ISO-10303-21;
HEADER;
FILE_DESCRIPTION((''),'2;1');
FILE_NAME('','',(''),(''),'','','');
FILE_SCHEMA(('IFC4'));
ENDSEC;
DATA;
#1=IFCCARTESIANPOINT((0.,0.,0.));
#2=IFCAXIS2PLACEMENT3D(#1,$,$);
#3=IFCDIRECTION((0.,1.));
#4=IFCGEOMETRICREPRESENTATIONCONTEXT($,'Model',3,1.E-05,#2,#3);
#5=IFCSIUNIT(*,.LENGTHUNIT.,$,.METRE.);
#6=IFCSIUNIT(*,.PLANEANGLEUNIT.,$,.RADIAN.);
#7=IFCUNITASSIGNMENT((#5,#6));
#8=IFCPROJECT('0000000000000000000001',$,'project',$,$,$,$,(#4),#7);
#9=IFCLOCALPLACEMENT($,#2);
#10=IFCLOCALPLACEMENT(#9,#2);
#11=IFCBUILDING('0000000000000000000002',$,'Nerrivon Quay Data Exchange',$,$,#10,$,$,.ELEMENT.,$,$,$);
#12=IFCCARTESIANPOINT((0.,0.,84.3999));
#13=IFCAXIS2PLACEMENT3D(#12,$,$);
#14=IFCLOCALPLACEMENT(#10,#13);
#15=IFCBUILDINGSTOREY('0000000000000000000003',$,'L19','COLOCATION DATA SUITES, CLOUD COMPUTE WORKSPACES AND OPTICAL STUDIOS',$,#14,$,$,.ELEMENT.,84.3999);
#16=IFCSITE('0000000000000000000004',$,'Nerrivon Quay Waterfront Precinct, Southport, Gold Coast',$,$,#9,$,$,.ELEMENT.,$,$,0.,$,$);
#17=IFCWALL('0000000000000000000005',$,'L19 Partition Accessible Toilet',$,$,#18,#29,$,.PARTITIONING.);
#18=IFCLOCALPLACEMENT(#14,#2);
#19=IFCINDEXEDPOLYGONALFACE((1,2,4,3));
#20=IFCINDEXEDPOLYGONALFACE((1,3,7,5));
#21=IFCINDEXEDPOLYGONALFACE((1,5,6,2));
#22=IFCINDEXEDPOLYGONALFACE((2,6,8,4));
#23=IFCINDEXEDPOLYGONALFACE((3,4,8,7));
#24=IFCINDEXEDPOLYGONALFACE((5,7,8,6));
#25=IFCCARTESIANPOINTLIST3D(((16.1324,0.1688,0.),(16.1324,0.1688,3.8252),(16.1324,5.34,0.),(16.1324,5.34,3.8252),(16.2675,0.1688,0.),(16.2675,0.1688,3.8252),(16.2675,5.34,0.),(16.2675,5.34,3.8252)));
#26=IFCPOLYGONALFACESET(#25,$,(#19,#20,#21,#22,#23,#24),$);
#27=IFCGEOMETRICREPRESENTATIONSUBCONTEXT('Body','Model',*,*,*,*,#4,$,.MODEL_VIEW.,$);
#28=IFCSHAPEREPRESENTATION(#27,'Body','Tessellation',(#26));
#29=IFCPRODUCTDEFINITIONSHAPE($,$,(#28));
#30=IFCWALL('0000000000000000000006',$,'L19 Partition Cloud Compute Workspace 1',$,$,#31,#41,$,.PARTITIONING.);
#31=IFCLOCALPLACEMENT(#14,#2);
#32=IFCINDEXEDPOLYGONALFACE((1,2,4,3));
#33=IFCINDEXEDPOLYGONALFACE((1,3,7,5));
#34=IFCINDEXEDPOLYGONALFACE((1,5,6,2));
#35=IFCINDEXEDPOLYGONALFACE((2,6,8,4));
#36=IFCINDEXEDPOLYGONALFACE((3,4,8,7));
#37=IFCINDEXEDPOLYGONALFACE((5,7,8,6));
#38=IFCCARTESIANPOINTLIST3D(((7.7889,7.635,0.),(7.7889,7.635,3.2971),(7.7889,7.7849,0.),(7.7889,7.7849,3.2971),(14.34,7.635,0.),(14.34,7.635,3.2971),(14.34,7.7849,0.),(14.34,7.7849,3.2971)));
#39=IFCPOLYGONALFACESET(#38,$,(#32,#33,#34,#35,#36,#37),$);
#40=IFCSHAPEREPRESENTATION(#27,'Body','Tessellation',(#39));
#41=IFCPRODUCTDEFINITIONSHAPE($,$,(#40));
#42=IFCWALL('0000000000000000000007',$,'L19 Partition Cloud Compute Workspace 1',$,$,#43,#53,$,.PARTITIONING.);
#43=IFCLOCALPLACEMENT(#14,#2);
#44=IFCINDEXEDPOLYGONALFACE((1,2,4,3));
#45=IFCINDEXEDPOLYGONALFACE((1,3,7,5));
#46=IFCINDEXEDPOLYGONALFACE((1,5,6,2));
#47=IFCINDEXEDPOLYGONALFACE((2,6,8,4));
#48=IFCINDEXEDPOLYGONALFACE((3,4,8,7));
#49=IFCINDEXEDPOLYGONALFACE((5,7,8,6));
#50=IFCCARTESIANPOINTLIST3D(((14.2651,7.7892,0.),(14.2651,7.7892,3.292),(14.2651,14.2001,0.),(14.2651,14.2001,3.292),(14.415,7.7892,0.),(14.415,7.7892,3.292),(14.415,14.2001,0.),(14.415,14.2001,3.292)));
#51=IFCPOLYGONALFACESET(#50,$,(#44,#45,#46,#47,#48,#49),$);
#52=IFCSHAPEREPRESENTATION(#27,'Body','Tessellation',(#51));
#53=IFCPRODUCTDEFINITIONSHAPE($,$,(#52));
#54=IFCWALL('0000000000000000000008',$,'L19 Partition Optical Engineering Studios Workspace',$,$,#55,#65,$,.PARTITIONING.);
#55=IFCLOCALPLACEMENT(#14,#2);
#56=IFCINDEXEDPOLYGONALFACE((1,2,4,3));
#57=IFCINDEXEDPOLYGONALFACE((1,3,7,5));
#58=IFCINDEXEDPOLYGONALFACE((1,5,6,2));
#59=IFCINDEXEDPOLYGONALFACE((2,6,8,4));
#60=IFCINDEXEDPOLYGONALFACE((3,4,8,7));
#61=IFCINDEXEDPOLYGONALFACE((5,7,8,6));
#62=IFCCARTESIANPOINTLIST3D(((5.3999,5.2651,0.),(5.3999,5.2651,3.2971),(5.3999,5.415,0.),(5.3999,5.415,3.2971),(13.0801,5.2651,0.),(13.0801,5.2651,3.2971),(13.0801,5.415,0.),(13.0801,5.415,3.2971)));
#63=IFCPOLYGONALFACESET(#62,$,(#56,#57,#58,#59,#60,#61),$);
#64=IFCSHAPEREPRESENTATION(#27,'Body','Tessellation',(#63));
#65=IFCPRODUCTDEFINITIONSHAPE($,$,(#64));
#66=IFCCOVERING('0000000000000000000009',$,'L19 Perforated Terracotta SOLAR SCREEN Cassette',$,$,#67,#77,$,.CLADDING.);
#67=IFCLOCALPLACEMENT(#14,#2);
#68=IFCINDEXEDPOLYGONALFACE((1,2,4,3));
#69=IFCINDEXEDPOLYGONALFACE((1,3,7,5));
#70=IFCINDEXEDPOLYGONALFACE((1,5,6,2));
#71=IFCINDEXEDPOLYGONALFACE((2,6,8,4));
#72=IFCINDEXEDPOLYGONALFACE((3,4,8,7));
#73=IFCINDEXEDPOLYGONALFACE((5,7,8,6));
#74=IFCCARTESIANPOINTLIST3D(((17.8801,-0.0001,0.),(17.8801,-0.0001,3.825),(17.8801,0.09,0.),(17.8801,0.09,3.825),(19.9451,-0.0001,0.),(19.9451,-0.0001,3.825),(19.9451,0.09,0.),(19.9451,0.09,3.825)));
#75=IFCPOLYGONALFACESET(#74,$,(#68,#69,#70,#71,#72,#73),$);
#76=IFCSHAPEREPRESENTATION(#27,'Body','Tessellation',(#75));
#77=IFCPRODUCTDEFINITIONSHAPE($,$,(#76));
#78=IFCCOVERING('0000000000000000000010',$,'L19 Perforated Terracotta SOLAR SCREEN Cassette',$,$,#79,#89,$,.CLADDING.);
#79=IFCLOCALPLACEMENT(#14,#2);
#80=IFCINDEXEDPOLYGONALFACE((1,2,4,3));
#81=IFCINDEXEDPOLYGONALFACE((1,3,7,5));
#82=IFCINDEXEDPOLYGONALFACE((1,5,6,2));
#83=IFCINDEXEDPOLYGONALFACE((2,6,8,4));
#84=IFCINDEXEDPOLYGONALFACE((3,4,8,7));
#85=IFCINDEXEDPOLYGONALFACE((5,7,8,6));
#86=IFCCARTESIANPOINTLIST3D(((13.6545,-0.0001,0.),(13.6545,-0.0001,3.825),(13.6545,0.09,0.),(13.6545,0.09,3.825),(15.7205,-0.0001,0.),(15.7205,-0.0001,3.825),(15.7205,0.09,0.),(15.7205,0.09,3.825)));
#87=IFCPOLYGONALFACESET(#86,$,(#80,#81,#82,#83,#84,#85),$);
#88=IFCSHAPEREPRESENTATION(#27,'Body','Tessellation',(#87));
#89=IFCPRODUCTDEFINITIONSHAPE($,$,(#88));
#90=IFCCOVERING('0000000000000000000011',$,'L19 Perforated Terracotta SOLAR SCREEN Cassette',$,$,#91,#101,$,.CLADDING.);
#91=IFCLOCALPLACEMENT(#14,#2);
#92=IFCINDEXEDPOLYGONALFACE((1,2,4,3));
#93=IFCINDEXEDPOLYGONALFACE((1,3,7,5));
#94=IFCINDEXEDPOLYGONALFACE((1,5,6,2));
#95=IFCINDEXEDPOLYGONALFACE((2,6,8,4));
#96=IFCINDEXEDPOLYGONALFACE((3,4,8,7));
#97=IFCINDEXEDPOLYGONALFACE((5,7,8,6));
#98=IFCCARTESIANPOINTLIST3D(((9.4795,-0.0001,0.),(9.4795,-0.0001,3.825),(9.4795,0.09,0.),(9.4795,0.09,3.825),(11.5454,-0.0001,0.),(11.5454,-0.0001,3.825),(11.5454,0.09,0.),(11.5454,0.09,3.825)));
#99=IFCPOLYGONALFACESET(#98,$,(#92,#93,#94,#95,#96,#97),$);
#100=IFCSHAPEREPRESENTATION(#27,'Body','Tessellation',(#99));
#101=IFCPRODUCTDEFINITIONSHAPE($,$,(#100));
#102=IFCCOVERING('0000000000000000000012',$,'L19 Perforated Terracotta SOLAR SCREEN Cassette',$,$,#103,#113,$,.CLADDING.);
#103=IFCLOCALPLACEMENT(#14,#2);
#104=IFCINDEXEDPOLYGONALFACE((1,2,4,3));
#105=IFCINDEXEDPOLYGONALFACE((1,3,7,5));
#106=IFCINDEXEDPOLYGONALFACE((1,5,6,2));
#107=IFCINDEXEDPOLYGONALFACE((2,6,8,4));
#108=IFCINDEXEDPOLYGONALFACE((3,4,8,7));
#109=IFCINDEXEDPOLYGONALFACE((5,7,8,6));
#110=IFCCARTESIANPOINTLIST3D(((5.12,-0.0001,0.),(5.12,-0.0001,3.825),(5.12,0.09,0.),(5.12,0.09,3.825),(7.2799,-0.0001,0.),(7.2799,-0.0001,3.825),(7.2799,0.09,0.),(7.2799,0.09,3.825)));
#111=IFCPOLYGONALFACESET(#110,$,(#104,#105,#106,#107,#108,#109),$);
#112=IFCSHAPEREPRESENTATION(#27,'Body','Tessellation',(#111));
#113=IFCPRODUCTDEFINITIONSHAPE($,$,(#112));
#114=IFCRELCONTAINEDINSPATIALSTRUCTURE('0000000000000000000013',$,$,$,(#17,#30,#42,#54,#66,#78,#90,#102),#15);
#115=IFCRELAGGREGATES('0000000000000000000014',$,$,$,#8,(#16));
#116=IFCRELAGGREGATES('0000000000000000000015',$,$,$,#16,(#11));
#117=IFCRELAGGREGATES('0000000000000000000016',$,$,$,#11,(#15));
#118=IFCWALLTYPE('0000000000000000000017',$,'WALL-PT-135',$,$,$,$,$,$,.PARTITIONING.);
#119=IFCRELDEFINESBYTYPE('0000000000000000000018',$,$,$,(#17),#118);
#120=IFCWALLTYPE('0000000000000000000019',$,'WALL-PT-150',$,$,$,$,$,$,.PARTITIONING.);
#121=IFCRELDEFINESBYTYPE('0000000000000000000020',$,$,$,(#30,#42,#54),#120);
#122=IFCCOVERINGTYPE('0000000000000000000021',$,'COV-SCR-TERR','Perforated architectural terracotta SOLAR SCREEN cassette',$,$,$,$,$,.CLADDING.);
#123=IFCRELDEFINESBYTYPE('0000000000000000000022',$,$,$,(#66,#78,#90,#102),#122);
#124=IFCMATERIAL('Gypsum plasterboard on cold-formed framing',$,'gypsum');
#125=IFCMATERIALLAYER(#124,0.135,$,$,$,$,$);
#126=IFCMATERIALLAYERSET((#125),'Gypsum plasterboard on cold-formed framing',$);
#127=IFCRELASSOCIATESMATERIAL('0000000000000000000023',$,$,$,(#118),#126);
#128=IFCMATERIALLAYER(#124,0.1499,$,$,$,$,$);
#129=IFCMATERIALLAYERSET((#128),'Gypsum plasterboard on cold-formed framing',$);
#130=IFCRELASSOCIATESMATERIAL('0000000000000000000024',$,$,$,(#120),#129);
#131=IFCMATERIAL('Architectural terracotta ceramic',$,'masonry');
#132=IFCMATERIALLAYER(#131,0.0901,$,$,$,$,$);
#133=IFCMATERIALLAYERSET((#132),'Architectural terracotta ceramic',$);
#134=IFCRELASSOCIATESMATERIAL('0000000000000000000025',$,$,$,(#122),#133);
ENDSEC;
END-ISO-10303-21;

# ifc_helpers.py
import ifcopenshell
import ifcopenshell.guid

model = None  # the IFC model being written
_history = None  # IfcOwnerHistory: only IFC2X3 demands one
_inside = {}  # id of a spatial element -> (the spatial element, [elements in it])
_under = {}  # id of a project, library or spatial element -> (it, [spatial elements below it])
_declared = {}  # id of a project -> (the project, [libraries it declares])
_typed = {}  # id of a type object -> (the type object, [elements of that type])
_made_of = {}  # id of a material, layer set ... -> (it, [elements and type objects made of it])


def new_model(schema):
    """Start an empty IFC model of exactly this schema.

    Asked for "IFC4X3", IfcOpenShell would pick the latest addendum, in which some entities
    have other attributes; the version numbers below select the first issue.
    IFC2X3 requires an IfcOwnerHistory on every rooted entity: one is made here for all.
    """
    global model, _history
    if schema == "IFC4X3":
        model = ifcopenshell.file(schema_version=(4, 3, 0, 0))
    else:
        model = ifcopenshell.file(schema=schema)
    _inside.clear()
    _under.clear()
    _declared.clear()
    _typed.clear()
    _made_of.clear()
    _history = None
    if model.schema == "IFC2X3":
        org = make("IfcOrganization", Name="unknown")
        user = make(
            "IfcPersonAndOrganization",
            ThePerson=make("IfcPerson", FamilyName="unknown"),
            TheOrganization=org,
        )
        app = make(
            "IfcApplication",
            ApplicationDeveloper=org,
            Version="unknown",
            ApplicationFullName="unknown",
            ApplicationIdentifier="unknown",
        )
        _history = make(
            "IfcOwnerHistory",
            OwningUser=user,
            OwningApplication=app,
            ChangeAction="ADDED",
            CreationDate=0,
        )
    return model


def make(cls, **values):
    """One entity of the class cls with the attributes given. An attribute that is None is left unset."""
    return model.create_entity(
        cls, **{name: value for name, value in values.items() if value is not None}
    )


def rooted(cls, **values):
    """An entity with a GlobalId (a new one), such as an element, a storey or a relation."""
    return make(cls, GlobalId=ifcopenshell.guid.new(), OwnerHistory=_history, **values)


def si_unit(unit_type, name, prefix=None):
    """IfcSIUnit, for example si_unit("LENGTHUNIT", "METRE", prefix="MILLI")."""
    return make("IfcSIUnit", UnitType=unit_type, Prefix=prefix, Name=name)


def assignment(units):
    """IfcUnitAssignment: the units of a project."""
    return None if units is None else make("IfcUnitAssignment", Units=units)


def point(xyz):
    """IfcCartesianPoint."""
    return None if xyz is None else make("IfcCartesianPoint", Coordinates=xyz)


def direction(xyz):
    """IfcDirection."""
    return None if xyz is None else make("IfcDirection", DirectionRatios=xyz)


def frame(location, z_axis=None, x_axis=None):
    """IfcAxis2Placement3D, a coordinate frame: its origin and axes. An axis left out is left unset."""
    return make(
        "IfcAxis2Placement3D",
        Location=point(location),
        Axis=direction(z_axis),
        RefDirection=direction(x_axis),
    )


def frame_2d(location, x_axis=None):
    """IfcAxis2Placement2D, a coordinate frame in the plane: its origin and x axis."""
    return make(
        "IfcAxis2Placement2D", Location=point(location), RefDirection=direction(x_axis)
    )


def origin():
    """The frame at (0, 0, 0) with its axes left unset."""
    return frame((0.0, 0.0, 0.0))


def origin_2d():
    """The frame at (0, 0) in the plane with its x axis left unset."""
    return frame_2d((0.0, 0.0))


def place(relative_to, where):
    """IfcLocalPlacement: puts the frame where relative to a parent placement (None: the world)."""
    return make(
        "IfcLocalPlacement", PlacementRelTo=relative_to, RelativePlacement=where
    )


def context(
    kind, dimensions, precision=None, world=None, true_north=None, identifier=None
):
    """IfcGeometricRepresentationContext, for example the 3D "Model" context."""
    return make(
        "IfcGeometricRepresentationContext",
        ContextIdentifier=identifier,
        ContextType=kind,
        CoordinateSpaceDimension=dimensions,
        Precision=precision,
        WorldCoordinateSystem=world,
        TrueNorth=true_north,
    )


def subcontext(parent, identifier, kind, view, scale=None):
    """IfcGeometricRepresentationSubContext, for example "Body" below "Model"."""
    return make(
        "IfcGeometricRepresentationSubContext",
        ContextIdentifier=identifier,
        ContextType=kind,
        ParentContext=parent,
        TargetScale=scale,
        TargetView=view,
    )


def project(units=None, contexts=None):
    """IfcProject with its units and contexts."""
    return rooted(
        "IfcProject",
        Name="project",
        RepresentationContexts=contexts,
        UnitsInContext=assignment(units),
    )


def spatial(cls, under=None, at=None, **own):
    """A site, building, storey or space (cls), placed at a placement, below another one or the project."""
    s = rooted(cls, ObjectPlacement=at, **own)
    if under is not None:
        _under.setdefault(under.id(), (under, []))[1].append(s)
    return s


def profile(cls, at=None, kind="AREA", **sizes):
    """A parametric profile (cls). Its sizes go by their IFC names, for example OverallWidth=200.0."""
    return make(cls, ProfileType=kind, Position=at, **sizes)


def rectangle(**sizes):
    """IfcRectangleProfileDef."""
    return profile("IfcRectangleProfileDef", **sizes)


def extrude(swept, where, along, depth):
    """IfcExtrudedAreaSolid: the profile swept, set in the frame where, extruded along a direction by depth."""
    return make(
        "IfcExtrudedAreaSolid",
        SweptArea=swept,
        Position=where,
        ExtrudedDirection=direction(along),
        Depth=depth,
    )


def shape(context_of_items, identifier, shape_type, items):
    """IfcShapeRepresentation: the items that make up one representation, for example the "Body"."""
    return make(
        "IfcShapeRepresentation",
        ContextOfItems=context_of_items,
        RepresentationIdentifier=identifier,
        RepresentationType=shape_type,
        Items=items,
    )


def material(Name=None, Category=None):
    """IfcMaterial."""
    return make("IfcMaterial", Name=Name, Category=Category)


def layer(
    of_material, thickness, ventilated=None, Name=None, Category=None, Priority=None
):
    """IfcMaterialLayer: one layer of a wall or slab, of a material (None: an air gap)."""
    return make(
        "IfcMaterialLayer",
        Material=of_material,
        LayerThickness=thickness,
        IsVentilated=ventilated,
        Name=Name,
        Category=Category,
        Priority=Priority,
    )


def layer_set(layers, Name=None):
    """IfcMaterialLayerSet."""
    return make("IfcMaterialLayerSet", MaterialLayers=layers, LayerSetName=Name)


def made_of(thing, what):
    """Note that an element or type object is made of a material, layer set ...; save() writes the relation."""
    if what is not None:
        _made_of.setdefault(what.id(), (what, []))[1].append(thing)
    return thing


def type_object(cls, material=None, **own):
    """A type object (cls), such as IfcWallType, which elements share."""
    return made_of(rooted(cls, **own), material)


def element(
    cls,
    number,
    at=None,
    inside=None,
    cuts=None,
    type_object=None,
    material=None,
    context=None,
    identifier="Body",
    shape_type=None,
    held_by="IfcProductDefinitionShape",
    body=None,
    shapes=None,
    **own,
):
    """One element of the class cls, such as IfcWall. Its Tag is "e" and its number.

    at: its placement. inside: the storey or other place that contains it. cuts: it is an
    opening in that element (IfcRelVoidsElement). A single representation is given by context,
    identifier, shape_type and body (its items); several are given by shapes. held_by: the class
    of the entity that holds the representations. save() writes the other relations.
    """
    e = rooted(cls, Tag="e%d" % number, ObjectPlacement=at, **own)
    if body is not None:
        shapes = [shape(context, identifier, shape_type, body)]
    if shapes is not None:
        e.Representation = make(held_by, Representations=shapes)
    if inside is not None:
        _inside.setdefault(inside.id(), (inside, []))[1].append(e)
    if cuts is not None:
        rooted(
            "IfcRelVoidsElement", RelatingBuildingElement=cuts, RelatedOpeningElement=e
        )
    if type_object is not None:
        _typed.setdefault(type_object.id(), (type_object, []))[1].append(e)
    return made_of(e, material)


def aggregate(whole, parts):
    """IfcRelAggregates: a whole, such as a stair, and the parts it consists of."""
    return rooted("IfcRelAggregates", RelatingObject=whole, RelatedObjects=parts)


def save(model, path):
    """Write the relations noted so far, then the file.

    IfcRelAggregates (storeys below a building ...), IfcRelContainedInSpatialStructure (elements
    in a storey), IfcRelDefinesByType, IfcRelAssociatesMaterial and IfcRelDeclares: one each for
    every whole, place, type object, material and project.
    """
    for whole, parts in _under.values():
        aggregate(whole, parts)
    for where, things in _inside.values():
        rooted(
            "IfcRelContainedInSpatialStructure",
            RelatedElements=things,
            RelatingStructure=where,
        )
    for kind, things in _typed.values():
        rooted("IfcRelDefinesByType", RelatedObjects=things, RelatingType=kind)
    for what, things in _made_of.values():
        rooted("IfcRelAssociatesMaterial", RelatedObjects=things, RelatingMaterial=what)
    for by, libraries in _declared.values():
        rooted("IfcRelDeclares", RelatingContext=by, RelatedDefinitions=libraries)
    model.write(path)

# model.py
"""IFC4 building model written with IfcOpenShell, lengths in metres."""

from ifc_helpers import new_model, si_unit, direction, frame, frame_2d, origin, origin_2d, place, context, subcontext, project, spatial, rectangle, extrude, material, layer, layer_set, type_object, element, save


model = new_model("IFC4")

# Units and contexts
model_context = context("Model", 3, precision=1e-05, world=origin(), true_north=direction((0.0, 1.0)))
body_context = subcontext(model_context, "Body", "Model", "MODEL_VIEW")
ifc_project = project(units=[si_unit("LENGTHUNIT", "METRE"), si_unit("PLANEANGLEUNIT", "RADIAN")], contexts=[model_context])

# Site, building, storey
site_placement = place(None, origin())
site = spatial("IfcSite", under=ifc_project, at=site_placement, Name="Nerrivon Quay Waterfront Precinct, Southport, Gold Coast", CompositionType="ELEMENT", RefElevation=0.0)
building_placement = place(site_placement, origin())
building = spatial("IfcBuilding", under=site, at=building_placement, Name="Nerrivon Quay Data Exchange", CompositionType="ELEMENT")
storey_placement = place(building_placement, frame((0.0, 0.0, 84.3999)))
storey = spatial("IfcBuildingStorey", under=building, at=storey_placement, Name="L19", Description="COLOCATION DATA SUITES, CLOUD COMPUTE WORKSPACES AND OPTICAL STUDIOS", CompositionType="ELEMENT", Elevation=84.3999)

# Shared definitions
ifc_material_1 = material(Name="Gypsum plasterboard on cold-formed framing", Category="gypsum")

# Walls
ifc_layer_1 = layer(ifc_material_1, 0.135)
ifc_layer_set_1 = layer_set([ifc_layer_1], Name="Gypsum plasterboard on cold-formed framing")
wall_type_1 = type_object("IfcWallType", Name="WALL-PT-135", PredefinedType="PARTITIONING", material=ifc_layer_set_1)
for number, where, z_axis, x_axis, name in (
    (1, (16.2, 0.1689, 0.0), (0.0, 0.0, 1.0), (0.0, 1.0, 0.0), "L19 Partition Accessible Toilet"),
):
    element("IfcWall", number, at=place(storey_placement, frame(where, z_axis=z_axis, x_axis=x_axis)), inside=storey, type_object=wall_type_1, Name=name, PredefinedType="PARTITIONING", context=body_context, shape_type="SweptSolid", body=[
        extrude(rectangle(XDim=5.1711, YDim=0.135, at=frame_2d((2.5854, 0.0))), origin(), (0.0, 0.0, 1.0), 3.8252),
    ])
ifc_layer_2 = layer(ifc_material_1, 0.1499)
ifc_layer_set_2 = layer_set([ifc_layer_2], Name="Gypsum plasterboard on cold-formed framing")
wall_type_2 = type_object("IfcWallType", Name="WALL-PT-150", PredefinedType="PARTITIONING", material=ifc_layer_set_2)
wall_1_placement = place(storey_placement, frame((7.7891, 7.71, 0.0), z_axis=(0.0, 0.0, 1.0), x_axis=(1.0, 0.0, 0.0)))
element("IfcWall", 2, at=wall_1_placement, inside=storey, type_object=wall_type_2, Name="L19 Partition Cloud Compute Workspace 1", PredefinedType="PARTITIONING", context=body_context, shape_type="SweptSolid", body=[
    extrude(rectangle(XDim=6.551, YDim=0.1499, at=frame_2d((3.2754, 0.0))), origin(), (0.0, 0.0, 1.0), 3.2971),
])
wall_2_placement = place(storey_placement, frame((14.3401, 7.7891, 0.0), z_axis=(0.0, 0.0, 1.0), x_axis=(0.0, 1.0, 0.0)))
element("IfcWall", 3, at=wall_2_placement, inside=storey, type_object=wall_type_2, Name="L19 Partition Cloud Compute Workspace 1", PredefinedType="PARTITIONING", context=body_context, shape_type="SweptSolid", body=[
    extrude(rectangle(XDim=6.4109, YDim=0.1499, at=frame_2d((3.2056, 0.0))), origin(), (0.0, 0.0, 1.0), 3.292),
])
wall_3_placement = place(storey_placement, frame((13.0801, 5.3401, 0.0), z_axis=(0.0, 0.0, 1.0), x_axis=(-1.0, 0.0, 0.0)))
element("IfcWall", 4, at=wall_3_placement, inside=storey, type_object=wall_type_2, Name="L19 Partition Optical Engineering Studios Workspace", PredefinedType="PARTITIONING", context=body_context, shape_type="SweptSolid", body=[
    extrude(rectangle(XDim=7.6802, YDim=0.1499, at=frame_2d((3.8401, 0.0))), origin(), (0.0, 0.0, 1.0), 3.2971),
])

# Coverings
ifc_material_2 = material(Name="Architectural terracotta ceramic", Category="masonry")
ifc_layer_3 = layer(ifc_material_2, 0.0901)
ifc_layer_set_3 = layer_set([ifc_layer_3], Name="Architectural terracotta ceramic")
covering_type = type_object("IfcCoveringType", Name="COV-SCR-TERR", Description="Perforated architectural terracotta SOLAR SCREEN cassette", PredefinedType="CLADDING", material=ifc_layer_set_3)
covering_1_placement = place(storey_placement, frame((18.9126, 0.0449, 0.0), z_axis=(0.0, 0.0, 1.0), x_axis=(-1.0, 0.0, 0.0)))
element("IfcCovering", 5, at=covering_1_placement, inside=storey, type_object=covering_type, Name="L19 Perforated Terracotta SOLAR SCREEN Cassette", PredefinedType="CLADDING", context=body_context, shape_type="SweptSolid", body=[
    extrude(rectangle(XDim=2.0649, YDim=0.0901, at=origin_2d()), origin(), (0.0, 0.0, 1.0), 3.825),
])
for number, where, z_axis, x_axis, name in (
    (6, (14.6875, 0.0449, 0.0), (0.0, 0.0, 1.0), (-1.0, 0.0, 0.0), "L19 Perforated Terracotta SOLAR SCREEN Cassette"),
    (7, (10.5125, 0.0449, 0.0), (0.0, 0.0, 1.0), (-1.0, 0.0, 0.0), "L19 Perforated Terracotta SOLAR SCREEN Cassette"),
):
    element("IfcCovering", number, at=place(storey_placement, frame(where, z_axis=z_axis, x_axis=x_axis)), inside=storey, type_object=covering_type, Name=name, PredefinedType="CLADDING", context=body_context, shape_type="SweptSolid", body=[
        extrude(rectangle(XDim=2.0659, YDim=0.0901, at=origin_2d()), origin(), (0.0, 0.0, 1.0), 3.825),
    ])
covering_2_placement = place(storey_placement, frame((6.2, 0.0449, 0.0), z_axis=(0.0, 0.0, 1.0), x_axis=(-1.0, 0.0, 0.0)))
element("IfcCovering", 8, at=covering_2_placement, inside=storey, type_object=covering_type, Name="L19 Perforated Terracotta SOLAR SCREEN Cassette", PredefinedType="CLADDING", context=body_context, shape_type="SweptSolid", body=[
    extrude(rectangle(XDim=2.1599, YDim=0.0901, at=origin_2d()), origin(), (0.0, 0.0, 1.0), 3.825),
])

save(model, "model.ifc")
